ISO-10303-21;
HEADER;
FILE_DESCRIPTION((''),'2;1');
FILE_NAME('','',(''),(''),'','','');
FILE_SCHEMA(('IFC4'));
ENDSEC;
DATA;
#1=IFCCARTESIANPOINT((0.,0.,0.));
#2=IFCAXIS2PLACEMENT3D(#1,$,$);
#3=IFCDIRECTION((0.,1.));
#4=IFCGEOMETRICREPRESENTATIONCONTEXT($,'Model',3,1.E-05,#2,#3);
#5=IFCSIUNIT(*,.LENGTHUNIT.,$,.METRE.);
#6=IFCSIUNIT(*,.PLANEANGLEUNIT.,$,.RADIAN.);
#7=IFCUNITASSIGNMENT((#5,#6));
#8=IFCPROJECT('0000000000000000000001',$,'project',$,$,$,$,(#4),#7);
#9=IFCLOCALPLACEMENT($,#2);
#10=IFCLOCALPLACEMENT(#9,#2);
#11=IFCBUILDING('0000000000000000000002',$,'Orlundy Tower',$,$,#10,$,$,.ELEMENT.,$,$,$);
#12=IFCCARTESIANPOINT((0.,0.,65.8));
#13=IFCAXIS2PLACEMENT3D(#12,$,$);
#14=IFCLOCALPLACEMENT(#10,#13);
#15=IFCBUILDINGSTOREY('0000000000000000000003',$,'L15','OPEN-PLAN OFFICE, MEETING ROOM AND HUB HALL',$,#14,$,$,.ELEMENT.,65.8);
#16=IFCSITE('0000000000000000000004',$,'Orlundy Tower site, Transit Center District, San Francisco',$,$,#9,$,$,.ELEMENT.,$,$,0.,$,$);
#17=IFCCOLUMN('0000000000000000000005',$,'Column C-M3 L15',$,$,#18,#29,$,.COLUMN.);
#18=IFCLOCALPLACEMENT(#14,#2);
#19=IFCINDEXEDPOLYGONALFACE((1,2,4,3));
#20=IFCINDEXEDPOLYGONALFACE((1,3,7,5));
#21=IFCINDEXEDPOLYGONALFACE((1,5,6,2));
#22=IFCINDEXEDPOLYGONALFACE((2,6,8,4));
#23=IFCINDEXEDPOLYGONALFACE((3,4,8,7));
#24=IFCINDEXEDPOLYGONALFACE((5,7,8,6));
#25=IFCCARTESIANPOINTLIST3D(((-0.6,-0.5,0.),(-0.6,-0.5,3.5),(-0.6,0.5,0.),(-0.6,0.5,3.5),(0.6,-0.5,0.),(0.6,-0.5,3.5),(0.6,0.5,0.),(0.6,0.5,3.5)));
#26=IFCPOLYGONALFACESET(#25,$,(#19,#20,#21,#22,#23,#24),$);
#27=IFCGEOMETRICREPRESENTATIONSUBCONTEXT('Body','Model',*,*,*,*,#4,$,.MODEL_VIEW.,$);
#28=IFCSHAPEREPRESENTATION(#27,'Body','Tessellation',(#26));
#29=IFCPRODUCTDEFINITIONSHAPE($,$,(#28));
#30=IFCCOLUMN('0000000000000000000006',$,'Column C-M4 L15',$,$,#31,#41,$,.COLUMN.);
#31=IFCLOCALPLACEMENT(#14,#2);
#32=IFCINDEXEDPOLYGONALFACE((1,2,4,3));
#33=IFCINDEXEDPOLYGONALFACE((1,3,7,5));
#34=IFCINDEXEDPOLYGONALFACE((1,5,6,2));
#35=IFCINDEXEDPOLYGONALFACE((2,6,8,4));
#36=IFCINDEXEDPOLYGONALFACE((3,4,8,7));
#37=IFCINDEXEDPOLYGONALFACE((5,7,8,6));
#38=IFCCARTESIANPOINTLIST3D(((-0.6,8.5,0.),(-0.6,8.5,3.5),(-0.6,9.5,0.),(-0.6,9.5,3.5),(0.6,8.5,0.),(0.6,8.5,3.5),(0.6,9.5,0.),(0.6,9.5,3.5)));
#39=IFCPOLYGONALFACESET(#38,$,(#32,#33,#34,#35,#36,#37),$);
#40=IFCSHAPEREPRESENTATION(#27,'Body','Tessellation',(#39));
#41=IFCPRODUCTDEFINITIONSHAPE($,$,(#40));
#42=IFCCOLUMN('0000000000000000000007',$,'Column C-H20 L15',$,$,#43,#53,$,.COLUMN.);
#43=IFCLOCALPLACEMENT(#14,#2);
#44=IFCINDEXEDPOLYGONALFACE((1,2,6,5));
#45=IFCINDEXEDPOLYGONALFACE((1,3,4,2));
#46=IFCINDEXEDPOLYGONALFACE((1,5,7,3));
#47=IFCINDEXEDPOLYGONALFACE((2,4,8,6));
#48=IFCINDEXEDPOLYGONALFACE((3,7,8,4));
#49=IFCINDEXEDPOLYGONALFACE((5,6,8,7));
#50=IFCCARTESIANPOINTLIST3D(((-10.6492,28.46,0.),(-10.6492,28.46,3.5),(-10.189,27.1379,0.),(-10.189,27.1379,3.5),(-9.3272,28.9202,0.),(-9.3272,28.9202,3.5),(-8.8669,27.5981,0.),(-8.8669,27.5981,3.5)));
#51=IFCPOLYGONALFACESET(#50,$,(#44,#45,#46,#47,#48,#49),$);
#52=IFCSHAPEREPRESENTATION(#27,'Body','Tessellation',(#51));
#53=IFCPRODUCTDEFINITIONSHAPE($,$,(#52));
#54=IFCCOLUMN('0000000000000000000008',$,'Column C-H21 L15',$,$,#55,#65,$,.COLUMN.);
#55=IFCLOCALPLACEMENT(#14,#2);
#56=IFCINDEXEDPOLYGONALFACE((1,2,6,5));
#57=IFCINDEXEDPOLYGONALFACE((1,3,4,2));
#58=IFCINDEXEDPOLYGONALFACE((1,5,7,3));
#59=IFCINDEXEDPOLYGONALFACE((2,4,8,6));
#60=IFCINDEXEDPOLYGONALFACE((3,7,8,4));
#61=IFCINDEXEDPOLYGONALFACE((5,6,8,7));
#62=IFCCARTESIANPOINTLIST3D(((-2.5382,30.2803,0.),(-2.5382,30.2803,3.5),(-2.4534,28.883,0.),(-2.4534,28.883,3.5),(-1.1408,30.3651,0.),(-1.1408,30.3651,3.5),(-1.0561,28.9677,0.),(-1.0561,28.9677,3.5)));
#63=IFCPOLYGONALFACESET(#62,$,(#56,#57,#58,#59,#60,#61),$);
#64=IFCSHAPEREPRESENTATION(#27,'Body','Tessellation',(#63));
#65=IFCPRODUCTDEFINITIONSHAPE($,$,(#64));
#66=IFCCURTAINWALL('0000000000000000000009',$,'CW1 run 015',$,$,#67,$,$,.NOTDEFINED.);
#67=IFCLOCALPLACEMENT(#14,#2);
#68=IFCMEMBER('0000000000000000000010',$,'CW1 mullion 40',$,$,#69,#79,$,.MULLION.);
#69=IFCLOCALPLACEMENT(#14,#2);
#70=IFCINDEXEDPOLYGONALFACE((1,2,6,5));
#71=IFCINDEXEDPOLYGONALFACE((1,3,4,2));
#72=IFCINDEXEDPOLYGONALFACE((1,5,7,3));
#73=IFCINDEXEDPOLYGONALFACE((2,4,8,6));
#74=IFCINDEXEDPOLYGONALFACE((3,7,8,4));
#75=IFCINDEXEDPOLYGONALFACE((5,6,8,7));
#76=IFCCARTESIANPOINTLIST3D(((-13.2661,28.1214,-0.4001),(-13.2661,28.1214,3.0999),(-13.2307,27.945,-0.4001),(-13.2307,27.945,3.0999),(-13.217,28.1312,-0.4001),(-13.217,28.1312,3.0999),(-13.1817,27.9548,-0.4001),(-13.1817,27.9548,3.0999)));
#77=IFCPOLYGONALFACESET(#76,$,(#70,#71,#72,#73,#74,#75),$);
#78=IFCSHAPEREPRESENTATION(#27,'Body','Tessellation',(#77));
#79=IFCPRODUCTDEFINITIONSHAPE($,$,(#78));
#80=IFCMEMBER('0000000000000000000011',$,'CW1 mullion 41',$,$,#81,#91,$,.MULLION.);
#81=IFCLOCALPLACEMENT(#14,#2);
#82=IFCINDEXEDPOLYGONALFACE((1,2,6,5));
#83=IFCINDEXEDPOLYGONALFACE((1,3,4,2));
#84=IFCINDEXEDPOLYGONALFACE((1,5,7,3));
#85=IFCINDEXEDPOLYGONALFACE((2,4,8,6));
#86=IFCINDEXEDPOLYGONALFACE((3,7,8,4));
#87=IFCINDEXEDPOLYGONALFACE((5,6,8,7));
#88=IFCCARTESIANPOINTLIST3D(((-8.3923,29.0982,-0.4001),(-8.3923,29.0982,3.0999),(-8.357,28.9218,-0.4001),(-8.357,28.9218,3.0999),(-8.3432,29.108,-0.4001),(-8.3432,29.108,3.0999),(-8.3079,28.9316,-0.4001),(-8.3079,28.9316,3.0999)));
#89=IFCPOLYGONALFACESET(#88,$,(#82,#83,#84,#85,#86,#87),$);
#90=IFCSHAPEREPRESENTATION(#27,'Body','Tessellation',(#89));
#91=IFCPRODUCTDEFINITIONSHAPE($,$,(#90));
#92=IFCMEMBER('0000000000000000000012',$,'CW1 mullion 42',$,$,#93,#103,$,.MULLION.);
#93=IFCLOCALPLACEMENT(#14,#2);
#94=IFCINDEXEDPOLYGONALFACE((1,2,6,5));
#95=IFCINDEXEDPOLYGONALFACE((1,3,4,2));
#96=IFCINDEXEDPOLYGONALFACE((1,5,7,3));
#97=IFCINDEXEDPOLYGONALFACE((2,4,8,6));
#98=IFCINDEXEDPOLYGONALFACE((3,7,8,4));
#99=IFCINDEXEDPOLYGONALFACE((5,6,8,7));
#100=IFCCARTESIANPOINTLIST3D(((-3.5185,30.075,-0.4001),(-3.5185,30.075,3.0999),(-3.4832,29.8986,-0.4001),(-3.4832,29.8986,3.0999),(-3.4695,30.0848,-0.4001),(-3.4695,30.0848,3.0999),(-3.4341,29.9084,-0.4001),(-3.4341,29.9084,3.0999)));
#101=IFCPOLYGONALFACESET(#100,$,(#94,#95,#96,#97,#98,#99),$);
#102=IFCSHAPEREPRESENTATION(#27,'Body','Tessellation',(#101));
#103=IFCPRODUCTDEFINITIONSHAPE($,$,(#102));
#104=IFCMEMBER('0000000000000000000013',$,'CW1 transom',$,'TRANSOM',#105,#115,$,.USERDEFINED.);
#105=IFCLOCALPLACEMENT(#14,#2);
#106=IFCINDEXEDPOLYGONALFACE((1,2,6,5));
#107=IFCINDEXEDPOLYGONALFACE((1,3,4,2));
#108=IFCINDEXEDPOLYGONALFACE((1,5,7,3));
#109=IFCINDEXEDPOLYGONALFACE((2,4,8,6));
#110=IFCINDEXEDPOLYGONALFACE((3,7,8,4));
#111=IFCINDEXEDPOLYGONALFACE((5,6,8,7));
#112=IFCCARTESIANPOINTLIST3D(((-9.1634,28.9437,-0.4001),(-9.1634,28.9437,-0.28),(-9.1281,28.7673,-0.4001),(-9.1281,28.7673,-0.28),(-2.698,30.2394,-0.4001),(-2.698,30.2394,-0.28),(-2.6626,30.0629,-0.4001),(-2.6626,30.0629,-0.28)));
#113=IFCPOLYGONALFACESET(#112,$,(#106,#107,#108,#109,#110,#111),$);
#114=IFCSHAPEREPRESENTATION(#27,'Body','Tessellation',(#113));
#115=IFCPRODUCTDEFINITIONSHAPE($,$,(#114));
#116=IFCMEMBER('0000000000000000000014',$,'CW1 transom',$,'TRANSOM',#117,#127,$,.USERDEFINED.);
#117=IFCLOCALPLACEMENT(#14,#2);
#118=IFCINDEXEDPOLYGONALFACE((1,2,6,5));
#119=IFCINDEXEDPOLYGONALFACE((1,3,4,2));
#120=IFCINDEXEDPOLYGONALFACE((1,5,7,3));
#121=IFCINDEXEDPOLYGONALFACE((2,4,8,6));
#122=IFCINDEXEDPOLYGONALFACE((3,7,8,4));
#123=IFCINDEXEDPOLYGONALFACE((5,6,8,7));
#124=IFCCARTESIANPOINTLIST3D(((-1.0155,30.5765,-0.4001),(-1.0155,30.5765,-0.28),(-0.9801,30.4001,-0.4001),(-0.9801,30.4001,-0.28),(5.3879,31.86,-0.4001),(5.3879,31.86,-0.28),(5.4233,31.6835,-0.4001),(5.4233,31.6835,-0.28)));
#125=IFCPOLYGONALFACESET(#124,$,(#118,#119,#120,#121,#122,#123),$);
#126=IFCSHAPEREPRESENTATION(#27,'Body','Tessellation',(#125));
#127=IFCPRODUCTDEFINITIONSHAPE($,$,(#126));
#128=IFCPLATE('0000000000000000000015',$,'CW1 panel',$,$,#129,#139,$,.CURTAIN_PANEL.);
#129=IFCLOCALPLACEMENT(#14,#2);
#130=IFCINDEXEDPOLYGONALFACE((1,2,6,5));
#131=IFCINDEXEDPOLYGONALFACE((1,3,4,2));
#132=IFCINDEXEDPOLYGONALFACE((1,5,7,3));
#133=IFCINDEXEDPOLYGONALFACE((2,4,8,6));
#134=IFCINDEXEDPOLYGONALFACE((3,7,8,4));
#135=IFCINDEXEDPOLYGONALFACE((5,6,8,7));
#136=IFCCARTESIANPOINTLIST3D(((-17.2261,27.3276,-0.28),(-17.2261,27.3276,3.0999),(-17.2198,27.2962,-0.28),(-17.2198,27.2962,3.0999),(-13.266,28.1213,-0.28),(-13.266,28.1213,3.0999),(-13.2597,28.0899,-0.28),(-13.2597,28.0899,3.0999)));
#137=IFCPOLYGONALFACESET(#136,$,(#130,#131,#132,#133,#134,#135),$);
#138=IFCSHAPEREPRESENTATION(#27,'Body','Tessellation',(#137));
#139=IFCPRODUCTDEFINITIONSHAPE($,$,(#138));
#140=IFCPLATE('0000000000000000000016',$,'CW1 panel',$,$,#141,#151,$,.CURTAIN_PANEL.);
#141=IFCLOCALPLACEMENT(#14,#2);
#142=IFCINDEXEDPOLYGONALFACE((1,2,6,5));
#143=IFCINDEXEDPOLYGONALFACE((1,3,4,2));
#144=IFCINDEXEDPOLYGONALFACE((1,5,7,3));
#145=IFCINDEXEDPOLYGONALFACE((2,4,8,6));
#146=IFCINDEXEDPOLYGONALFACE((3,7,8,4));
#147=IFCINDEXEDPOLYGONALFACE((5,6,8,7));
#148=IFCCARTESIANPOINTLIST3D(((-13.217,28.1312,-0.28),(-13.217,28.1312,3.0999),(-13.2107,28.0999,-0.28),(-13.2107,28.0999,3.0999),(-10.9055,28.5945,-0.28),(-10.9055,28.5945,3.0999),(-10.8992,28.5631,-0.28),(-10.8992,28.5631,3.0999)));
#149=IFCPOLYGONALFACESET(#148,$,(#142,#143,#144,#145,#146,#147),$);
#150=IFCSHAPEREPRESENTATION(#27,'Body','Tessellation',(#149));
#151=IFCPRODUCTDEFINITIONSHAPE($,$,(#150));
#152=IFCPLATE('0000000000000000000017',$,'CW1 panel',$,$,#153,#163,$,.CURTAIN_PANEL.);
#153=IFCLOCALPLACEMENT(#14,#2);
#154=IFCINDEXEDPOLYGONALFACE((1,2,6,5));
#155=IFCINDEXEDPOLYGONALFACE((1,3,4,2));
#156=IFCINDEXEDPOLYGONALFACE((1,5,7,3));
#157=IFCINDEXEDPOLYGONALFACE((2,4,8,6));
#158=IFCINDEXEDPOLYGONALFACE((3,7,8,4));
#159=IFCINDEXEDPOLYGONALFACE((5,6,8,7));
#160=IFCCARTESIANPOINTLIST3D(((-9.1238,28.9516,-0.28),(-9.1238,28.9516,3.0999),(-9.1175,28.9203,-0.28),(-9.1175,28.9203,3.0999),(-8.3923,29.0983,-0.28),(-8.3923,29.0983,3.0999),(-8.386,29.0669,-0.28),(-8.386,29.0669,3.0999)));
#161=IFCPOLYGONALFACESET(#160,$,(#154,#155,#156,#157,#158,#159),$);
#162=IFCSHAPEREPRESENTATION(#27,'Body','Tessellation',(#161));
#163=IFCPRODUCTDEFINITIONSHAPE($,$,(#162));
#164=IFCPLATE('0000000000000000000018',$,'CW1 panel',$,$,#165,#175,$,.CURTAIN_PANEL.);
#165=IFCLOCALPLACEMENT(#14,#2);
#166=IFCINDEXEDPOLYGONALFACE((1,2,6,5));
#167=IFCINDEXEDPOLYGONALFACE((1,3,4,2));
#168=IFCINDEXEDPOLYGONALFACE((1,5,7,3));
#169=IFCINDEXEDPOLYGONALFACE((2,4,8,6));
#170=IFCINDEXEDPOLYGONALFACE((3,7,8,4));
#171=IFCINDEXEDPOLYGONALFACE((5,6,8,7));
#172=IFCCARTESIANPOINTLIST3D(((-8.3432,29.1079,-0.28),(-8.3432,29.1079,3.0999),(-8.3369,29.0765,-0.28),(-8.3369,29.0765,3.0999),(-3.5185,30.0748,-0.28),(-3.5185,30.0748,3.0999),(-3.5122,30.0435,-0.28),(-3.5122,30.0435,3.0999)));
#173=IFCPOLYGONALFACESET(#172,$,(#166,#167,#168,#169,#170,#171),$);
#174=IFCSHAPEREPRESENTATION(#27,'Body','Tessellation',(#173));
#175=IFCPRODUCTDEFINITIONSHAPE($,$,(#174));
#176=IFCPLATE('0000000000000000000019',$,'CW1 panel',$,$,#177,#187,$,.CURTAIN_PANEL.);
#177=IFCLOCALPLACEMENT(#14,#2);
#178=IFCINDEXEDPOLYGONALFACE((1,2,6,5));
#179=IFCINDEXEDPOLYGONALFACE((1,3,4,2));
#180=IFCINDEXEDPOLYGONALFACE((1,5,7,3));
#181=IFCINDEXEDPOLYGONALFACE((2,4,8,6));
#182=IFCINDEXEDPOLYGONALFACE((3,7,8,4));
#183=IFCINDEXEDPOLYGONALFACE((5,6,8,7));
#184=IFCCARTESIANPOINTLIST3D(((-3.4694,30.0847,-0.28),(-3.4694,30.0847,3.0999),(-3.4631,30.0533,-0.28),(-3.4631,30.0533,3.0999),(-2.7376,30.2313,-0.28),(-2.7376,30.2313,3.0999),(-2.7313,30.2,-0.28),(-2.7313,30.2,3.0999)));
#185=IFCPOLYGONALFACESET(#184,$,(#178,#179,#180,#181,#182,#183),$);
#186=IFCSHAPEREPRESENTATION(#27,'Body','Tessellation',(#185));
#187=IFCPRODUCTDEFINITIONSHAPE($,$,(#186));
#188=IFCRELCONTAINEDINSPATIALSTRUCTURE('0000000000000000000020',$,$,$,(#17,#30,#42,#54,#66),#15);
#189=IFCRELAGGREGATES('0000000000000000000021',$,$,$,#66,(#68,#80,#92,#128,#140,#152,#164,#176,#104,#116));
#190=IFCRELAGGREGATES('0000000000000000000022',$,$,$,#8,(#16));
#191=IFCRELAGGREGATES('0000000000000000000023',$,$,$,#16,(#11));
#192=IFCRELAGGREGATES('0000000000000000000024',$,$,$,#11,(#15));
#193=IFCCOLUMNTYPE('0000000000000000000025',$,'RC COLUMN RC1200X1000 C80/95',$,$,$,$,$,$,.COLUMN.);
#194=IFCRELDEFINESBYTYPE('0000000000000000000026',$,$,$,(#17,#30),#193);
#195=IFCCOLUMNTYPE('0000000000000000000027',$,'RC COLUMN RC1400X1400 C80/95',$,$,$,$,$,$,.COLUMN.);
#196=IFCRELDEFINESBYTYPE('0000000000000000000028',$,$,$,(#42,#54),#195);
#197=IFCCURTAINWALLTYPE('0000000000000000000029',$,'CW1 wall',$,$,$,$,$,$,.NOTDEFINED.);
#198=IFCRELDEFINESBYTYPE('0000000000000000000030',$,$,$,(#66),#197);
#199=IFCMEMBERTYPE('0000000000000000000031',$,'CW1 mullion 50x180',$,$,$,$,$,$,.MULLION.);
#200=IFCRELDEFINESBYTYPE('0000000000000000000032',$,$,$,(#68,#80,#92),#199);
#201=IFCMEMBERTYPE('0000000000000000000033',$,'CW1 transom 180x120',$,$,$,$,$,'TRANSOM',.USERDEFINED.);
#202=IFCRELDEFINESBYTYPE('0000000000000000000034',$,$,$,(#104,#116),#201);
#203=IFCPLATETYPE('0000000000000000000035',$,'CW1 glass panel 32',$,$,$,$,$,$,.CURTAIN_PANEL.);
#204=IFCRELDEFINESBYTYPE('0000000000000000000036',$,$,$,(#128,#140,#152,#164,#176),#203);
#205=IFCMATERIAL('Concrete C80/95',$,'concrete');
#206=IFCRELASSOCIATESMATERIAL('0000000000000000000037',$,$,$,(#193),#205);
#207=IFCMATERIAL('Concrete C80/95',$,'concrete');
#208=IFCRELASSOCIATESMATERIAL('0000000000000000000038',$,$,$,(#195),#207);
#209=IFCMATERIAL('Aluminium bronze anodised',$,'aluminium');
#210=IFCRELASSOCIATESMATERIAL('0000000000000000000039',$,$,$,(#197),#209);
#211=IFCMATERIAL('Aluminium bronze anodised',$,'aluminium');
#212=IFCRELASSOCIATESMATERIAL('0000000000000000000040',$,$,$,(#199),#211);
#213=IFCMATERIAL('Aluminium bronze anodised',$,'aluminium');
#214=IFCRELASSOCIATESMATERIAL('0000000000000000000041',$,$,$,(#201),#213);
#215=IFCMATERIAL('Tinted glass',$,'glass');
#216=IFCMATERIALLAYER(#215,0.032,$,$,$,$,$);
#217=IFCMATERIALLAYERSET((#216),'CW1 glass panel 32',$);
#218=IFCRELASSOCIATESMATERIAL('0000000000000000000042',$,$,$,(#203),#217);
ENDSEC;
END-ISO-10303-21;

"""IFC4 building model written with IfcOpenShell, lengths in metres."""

from ifc_helpers import new_model, si_unit, direction, frame, origin, origin_2d, place, context, subcontext, project, spatial, rectangle, extrude, material, layer, layer_set, material_profile, profile_set, type_object, element, aggregate, save


model = new_model("IFC4")

# Units and contexts
model_context = context("Model", 3, precision=1e-05, world=origin(), true_north=direction((0.0, 1.0)))
body_context = subcontext(model_context, "Body", "Model", "MODEL_VIEW")
ifc_project = project(units=[si_unit("LENGTHUNIT", "METRE"), si_unit("PLANEANGLEUNIT", "RADIAN")], contexts=[model_context])

# Site, building, storey
site_placement = place(None, origin())
site = spatial("IfcSite", under=ifc_project, at=site_placement, Name="Orlundy Tower site, Transit Center District, San Francisco", CompositionType="ELEMENT", RefElevation=0.0)
building_placement = place(site_placement, origin())
building = spatial("IfcBuilding", under=site, at=building_placement, Name="Orlundy Tower", CompositionType="ELEMENT")
storey_placement = place(building_placement, frame((0.0, 0.0, 65.8)))
storey = spatial("IfcBuildingStorey", under=building, at=storey_placement, Name="L15", Description="OPEN-PLAN OFFICE, MEETING ROOM AND HUB HALL", CompositionType="ELEMENT", Elevation=65.8)

# Columns
ifc_material_1 = material(Name="Concrete C80/95", Category="concrete")
ifc_material_profile_1 = material_profile(ifc_material_1, rectangle(XDim=1.2, YDim=1.0, at=origin_2d()), Name="RC1200X1000")
ifc_profile_set_1 = profile_set([ifc_material_profile_1], Name="Concrete C80/95")
column_type_1 = type_object("IfcColumnType", Name="RC COLUMN RC1200X1000 C80/95", PredefinedType="COLUMN", material=ifc_profile_set_1)
for number, where, z_axis, x_axis, name in (
    (1, (0.0, 0.0, 0.0), (0.0, 0.0, 1.0), (1.0, 0.0, 0.0), "Column C-M3 L15"),
    (2, (0.0, 9.0, 0.0), (0.0, 0.0, 1.0), (1.0, 0.0, 0.0), "Column C-M4 L15"),
):
    element("IfcColumn", number, at=place(storey_placement, frame(where, z_axis=z_axis, x_axis=x_axis)), inside=storey, type_object=column_type_1, Name=name, PredefinedType="COLUMN", context=body_context, shape_type="SweptSolid", body=[
        extrude(rectangle(XDim=1.2, YDim=1.0, at=origin_2d()), origin(), (0.0, 0.0, 1.0), 3.5),
    ])
ifc_material_2 = material(Name="Concrete C80/95", Category="concrete")
ifc_material_profile_2 = material_profile(ifc_material_2, rectangle(XDim=1.3999, YDim=1.3999, at=origin_2d()), Name="RC1400X1400")
ifc_profile_set_2 = profile_set([ifc_material_profile_2], Name="Concrete C80/95")
column_type_2 = type_object("IfcColumnType", Name="RC COLUMN RC1400X1400 C80/95", PredefinedType="COLUMN", material=ifc_profile_set_2)
for number, where, z_axis, x_axis, name in (
    (3, (-9.7581, 28.0291, 0.0), (0.0, 0.0, 1.0), (-0.328784, 0.944405, 0.0), "Column C-H20 L15"),
    (4, (-1.7971, 29.624, 0.0), (0.0, 0.0, 1.0), (-0.060543, 0.998166, 0.0), "Column C-H21 L15"),
):
    element("IfcColumn", number, at=place(storey_placement, frame(where, z_axis=z_axis, x_axis=x_axis)), inside=storey, type_object=column_type_2, Name=name, PredefinedType="COLUMN", context=body_context, shape_type="SweptSolid", body=[
        extrude(rectangle(XDim=1.3999, YDim=1.3999, at=origin_2d()), origin(), (0.0, 0.0, 1.0), 3.5),
    ])

# Curtain wall, members, plates
ifc_material_3 = material(Name="Aluminium bronze anodised", Category="aluminium")
curtain_wall_type = type_object("IfcCurtainWallType", Name="CW1 wall", PredefinedType="NOTDEFINED", material=ifc_material_3)
curtain_wall_placement = place(storey_placement, origin())
curtain_wall = element("IfcCurtainWall", 5, at=curtain_wall_placement, inside=storey, type_object=curtain_wall_type, Name="CW1 run 015", PredefinedType="NOTDEFINED")
ifc_material_4 = material(Name="Aluminium bronze anodised", Category="aluminium")
ifc_material_profile_3 = material_profile(ifc_material_4, rectangle(XDim=0.1799, YDim=0.05, at=origin_2d()), Name="CW1 mullion 50x180")
ifc_profile_set_3 = profile_set([ifc_material_profile_3], Name="Aluminium bronze anodised")
member_type_1 = type_object("IfcMemberType", Name="CW1 mullion 50x180", PredefinedType="MULLION", material=ifc_profile_set_3)
member_1_placement = place(storey_placement, frame((-13.2239, 28.0381, -0.4001), z_axis=(0.0, 0.0, 1.0), x_axis=(-0.196511, 0.980502, 0.0)))
member_1 = element("IfcMember", 6, at=member_1_placement, type_object=member_type_1, Name="CW1 mullion 40", PredefinedType="MULLION", context=body_context, shape_type="SweptSolid", body=[
    extrude(rectangle(XDim=0.1799, YDim=0.05, at=origin_2d()), origin(), (0.0, 0.0, 1.0), 3.5),
])
member_2_placement = place(storey_placement, frame((-8.3501, 29.0149, -0.4001), z_axis=(0.0, 0.0, 1.0), x_axis=(-0.196511, 0.980502, 0.0)))
member_2 = element("IfcMember", 7, at=member_2_placement, type_object=member_type_1, Name="CW1 mullion 41", PredefinedType="MULLION", context=body_context, shape_type="SweptSolid", body=[
    extrude(rectangle(XDim=0.1799, YDim=0.05, at=origin_2d()), origin(), (0.0, 0.0, 1.0), 3.5),
])
member_3_placement = place(storey_placement, frame((-3.4763, 29.9917, -0.4001), z_axis=(0.0, 0.0, 1.0), x_axis=(-0.196511, 0.980502, 0.0)))
member_3 = element("IfcMember", 8, at=member_3_placement, type_object=member_type_1, Name="CW1 mullion 42", PredefinedType="MULLION", context=body_context, shape_type="SweptSolid", body=[
    extrude(rectangle(XDim=0.1799, YDim=0.05, at=origin_2d()), origin(), (0.0, 0.0, 1.0), 3.5),
])
ifc_material_5 = material(Name="Aluminium bronze anodised", Category="aluminium")
ifc_material_profile_4 = material_profile(ifc_material_5, rectangle(XDim=0.1799, YDim=0.1201, at=origin_2d()), Name="CW1 transom 180x120")
ifc_profile_set_4 = profile_set([ifc_material_profile_4], Name="Aluminium bronze anodised")
member_type_2 = type_object("IfcMemberType", Name="CW1 transom 180x120", ElementType="TRANSOM", PredefinedType="USERDEFINED", material=ifc_profile_set_4)
member_4_placement = place(storey_placement, frame((-9.1458, 28.8555, -0.3401), z_axis=(0.980505, 0.196493, 0.0), x_axis=(-0.196493, 0.980505, 0.0)))
member_4 = element("IfcMember", 9, at=member_4_placement, type_object=member_type_2, Name="CW1 transom", ObjectType="TRANSOM", PredefinedType="USERDEFINED", context=body_context, shape_type="SweptSolid", body=[
    extrude(rectangle(XDim=0.1799, YDim=0.1201, at=origin_2d()), origin(), (0.0, 0.0, 1.0), 6.594),
])
member_5_placement = place(storey_placement, frame((-0.9978, 30.4883, -0.3401), z_axis=(0.980499, 0.196526, 0.0), x_axis=(-0.196526, 0.980499, 0.0)))
member_5 = element("IfcMember", 10, at=member_5_placement, type_object=member_type_2, Name="CW1 transom", ObjectType="TRANSOM", PredefinedType="USERDEFINED", context=body_context, shape_type="SweptSolid", body=[
    extrude(rectangle(XDim=0.1799, YDim=0.1201, at=origin_2d()), origin(), (0.0, 0.0, 1.0), 6.5308),
])
ifc_material_6 = material(Name="Tinted glass", Category="glass")
ifc_layer_1 = layer(ifc_material_6, 0.032)
ifc_layer_set_1 = layer_set([ifc_layer_1], Name="CW1 glass panel 32")
plate_type = type_object("IfcPlateType", Name="CW1 glass panel 32", PredefinedType="CURTAIN_PANEL", material=ifc_layer_set_1)
plate_1_placement = place(storey_placement, frame((-15.2429, 27.7087, -0.28), z_axis=(0.0, 0.0, 1.0), x_axis=(0.980502, 0.196511, 0.0)))
plate_1 = element("IfcPlate", 11, at=plate_1_placement, type_object=plate_type, Name="CW1 panel", PredefinedType="CURTAIN_PANEL", context=body_context, shape_type="SweptSolid", body=[
    extrude(rectangle(XDim=4.0388, YDim=0.032, at=origin_2d()), origin(), (0.0, 0.0, 1.0), 3.3799),
])
plate_2_placement = place(storey_placement, frame((-12.0581, 28.3472, -0.28), z_axis=(0.0, 0.0, 1.0), x_axis=(0.980502, 0.196511, 0.0)))
plate_2 = element("IfcPlate", 12, at=plate_2_placement, type_object=plate_type, Name="CW1 panel", PredefinedType="CURTAIN_PANEL", context=body_context, shape_type="SweptSolid", body=[
    extrude(rectangle(XDim=2.3574, YDim=0.032, at=origin_2d()), origin(), (0.0, 0.0, 1.0), 3.3799),
])
plate_3_placement = place(storey_placement, frame((-8.7549, 29.0093, -0.28), z_axis=(0.0, 0.0, 1.0), x_axis=(0.980502, 0.196511, 0.0)))
plate_3 = element("IfcPlate", 13, at=plate_3_placement, type_object=plate_type, Name="CW1 panel", PredefinedType="CURTAIN_PANEL", context=body_context, shape_type="SweptSolid", body=[
    extrude(rectangle(XDim=0.7461, YDim=0.032, at=origin_2d()), origin(), (0.0, 0.0, 1.0), 3.3799),
])
plate_4_placement = place(storey_placement, frame((-5.9277, 29.5757, -0.28), z_axis=(0.0, 0.0, 1.0), x_axis=(0.980502, 0.196511, 0.0)))
plate_4 = element("IfcPlate", 14, at=plate_4_placement, type_object=plate_type, Name="CW1 panel", PredefinedType="CURTAIN_PANEL", context=body_context, shape_type="SweptSolid", body=[
    extrude(rectangle(XDim=4.9207, YDim=0.032, at=origin_2d()), origin(), (0.0, 0.0, 1.0), 3.3799),
])
plate_5_placement = place(storey_placement, frame((-3.1003, 30.1423, -0.28), z_axis=(0.0, 0.0, 1.0), x_axis=(0.980502, 0.196511, 0.0)))
plate_5 = element("IfcPlate", 15, at=plate_5_placement, type_object=plate_type, Name="CW1 panel", PredefinedType="CURTAIN_PANEL", context=body_context, shape_type="SweptSolid", body=[
    extrude(rectangle(XDim=0.7463, YDim=0.032, at=origin_2d()), origin(), (0.0, 0.0, 1.0), 3.3799),
])
aggregate(curtain_wall, [member_1, member_2, member_3, plate_1, plate_2, plate_3, plate_4, plate_5, member_4, member_5])

save(model, "model.ifc")
